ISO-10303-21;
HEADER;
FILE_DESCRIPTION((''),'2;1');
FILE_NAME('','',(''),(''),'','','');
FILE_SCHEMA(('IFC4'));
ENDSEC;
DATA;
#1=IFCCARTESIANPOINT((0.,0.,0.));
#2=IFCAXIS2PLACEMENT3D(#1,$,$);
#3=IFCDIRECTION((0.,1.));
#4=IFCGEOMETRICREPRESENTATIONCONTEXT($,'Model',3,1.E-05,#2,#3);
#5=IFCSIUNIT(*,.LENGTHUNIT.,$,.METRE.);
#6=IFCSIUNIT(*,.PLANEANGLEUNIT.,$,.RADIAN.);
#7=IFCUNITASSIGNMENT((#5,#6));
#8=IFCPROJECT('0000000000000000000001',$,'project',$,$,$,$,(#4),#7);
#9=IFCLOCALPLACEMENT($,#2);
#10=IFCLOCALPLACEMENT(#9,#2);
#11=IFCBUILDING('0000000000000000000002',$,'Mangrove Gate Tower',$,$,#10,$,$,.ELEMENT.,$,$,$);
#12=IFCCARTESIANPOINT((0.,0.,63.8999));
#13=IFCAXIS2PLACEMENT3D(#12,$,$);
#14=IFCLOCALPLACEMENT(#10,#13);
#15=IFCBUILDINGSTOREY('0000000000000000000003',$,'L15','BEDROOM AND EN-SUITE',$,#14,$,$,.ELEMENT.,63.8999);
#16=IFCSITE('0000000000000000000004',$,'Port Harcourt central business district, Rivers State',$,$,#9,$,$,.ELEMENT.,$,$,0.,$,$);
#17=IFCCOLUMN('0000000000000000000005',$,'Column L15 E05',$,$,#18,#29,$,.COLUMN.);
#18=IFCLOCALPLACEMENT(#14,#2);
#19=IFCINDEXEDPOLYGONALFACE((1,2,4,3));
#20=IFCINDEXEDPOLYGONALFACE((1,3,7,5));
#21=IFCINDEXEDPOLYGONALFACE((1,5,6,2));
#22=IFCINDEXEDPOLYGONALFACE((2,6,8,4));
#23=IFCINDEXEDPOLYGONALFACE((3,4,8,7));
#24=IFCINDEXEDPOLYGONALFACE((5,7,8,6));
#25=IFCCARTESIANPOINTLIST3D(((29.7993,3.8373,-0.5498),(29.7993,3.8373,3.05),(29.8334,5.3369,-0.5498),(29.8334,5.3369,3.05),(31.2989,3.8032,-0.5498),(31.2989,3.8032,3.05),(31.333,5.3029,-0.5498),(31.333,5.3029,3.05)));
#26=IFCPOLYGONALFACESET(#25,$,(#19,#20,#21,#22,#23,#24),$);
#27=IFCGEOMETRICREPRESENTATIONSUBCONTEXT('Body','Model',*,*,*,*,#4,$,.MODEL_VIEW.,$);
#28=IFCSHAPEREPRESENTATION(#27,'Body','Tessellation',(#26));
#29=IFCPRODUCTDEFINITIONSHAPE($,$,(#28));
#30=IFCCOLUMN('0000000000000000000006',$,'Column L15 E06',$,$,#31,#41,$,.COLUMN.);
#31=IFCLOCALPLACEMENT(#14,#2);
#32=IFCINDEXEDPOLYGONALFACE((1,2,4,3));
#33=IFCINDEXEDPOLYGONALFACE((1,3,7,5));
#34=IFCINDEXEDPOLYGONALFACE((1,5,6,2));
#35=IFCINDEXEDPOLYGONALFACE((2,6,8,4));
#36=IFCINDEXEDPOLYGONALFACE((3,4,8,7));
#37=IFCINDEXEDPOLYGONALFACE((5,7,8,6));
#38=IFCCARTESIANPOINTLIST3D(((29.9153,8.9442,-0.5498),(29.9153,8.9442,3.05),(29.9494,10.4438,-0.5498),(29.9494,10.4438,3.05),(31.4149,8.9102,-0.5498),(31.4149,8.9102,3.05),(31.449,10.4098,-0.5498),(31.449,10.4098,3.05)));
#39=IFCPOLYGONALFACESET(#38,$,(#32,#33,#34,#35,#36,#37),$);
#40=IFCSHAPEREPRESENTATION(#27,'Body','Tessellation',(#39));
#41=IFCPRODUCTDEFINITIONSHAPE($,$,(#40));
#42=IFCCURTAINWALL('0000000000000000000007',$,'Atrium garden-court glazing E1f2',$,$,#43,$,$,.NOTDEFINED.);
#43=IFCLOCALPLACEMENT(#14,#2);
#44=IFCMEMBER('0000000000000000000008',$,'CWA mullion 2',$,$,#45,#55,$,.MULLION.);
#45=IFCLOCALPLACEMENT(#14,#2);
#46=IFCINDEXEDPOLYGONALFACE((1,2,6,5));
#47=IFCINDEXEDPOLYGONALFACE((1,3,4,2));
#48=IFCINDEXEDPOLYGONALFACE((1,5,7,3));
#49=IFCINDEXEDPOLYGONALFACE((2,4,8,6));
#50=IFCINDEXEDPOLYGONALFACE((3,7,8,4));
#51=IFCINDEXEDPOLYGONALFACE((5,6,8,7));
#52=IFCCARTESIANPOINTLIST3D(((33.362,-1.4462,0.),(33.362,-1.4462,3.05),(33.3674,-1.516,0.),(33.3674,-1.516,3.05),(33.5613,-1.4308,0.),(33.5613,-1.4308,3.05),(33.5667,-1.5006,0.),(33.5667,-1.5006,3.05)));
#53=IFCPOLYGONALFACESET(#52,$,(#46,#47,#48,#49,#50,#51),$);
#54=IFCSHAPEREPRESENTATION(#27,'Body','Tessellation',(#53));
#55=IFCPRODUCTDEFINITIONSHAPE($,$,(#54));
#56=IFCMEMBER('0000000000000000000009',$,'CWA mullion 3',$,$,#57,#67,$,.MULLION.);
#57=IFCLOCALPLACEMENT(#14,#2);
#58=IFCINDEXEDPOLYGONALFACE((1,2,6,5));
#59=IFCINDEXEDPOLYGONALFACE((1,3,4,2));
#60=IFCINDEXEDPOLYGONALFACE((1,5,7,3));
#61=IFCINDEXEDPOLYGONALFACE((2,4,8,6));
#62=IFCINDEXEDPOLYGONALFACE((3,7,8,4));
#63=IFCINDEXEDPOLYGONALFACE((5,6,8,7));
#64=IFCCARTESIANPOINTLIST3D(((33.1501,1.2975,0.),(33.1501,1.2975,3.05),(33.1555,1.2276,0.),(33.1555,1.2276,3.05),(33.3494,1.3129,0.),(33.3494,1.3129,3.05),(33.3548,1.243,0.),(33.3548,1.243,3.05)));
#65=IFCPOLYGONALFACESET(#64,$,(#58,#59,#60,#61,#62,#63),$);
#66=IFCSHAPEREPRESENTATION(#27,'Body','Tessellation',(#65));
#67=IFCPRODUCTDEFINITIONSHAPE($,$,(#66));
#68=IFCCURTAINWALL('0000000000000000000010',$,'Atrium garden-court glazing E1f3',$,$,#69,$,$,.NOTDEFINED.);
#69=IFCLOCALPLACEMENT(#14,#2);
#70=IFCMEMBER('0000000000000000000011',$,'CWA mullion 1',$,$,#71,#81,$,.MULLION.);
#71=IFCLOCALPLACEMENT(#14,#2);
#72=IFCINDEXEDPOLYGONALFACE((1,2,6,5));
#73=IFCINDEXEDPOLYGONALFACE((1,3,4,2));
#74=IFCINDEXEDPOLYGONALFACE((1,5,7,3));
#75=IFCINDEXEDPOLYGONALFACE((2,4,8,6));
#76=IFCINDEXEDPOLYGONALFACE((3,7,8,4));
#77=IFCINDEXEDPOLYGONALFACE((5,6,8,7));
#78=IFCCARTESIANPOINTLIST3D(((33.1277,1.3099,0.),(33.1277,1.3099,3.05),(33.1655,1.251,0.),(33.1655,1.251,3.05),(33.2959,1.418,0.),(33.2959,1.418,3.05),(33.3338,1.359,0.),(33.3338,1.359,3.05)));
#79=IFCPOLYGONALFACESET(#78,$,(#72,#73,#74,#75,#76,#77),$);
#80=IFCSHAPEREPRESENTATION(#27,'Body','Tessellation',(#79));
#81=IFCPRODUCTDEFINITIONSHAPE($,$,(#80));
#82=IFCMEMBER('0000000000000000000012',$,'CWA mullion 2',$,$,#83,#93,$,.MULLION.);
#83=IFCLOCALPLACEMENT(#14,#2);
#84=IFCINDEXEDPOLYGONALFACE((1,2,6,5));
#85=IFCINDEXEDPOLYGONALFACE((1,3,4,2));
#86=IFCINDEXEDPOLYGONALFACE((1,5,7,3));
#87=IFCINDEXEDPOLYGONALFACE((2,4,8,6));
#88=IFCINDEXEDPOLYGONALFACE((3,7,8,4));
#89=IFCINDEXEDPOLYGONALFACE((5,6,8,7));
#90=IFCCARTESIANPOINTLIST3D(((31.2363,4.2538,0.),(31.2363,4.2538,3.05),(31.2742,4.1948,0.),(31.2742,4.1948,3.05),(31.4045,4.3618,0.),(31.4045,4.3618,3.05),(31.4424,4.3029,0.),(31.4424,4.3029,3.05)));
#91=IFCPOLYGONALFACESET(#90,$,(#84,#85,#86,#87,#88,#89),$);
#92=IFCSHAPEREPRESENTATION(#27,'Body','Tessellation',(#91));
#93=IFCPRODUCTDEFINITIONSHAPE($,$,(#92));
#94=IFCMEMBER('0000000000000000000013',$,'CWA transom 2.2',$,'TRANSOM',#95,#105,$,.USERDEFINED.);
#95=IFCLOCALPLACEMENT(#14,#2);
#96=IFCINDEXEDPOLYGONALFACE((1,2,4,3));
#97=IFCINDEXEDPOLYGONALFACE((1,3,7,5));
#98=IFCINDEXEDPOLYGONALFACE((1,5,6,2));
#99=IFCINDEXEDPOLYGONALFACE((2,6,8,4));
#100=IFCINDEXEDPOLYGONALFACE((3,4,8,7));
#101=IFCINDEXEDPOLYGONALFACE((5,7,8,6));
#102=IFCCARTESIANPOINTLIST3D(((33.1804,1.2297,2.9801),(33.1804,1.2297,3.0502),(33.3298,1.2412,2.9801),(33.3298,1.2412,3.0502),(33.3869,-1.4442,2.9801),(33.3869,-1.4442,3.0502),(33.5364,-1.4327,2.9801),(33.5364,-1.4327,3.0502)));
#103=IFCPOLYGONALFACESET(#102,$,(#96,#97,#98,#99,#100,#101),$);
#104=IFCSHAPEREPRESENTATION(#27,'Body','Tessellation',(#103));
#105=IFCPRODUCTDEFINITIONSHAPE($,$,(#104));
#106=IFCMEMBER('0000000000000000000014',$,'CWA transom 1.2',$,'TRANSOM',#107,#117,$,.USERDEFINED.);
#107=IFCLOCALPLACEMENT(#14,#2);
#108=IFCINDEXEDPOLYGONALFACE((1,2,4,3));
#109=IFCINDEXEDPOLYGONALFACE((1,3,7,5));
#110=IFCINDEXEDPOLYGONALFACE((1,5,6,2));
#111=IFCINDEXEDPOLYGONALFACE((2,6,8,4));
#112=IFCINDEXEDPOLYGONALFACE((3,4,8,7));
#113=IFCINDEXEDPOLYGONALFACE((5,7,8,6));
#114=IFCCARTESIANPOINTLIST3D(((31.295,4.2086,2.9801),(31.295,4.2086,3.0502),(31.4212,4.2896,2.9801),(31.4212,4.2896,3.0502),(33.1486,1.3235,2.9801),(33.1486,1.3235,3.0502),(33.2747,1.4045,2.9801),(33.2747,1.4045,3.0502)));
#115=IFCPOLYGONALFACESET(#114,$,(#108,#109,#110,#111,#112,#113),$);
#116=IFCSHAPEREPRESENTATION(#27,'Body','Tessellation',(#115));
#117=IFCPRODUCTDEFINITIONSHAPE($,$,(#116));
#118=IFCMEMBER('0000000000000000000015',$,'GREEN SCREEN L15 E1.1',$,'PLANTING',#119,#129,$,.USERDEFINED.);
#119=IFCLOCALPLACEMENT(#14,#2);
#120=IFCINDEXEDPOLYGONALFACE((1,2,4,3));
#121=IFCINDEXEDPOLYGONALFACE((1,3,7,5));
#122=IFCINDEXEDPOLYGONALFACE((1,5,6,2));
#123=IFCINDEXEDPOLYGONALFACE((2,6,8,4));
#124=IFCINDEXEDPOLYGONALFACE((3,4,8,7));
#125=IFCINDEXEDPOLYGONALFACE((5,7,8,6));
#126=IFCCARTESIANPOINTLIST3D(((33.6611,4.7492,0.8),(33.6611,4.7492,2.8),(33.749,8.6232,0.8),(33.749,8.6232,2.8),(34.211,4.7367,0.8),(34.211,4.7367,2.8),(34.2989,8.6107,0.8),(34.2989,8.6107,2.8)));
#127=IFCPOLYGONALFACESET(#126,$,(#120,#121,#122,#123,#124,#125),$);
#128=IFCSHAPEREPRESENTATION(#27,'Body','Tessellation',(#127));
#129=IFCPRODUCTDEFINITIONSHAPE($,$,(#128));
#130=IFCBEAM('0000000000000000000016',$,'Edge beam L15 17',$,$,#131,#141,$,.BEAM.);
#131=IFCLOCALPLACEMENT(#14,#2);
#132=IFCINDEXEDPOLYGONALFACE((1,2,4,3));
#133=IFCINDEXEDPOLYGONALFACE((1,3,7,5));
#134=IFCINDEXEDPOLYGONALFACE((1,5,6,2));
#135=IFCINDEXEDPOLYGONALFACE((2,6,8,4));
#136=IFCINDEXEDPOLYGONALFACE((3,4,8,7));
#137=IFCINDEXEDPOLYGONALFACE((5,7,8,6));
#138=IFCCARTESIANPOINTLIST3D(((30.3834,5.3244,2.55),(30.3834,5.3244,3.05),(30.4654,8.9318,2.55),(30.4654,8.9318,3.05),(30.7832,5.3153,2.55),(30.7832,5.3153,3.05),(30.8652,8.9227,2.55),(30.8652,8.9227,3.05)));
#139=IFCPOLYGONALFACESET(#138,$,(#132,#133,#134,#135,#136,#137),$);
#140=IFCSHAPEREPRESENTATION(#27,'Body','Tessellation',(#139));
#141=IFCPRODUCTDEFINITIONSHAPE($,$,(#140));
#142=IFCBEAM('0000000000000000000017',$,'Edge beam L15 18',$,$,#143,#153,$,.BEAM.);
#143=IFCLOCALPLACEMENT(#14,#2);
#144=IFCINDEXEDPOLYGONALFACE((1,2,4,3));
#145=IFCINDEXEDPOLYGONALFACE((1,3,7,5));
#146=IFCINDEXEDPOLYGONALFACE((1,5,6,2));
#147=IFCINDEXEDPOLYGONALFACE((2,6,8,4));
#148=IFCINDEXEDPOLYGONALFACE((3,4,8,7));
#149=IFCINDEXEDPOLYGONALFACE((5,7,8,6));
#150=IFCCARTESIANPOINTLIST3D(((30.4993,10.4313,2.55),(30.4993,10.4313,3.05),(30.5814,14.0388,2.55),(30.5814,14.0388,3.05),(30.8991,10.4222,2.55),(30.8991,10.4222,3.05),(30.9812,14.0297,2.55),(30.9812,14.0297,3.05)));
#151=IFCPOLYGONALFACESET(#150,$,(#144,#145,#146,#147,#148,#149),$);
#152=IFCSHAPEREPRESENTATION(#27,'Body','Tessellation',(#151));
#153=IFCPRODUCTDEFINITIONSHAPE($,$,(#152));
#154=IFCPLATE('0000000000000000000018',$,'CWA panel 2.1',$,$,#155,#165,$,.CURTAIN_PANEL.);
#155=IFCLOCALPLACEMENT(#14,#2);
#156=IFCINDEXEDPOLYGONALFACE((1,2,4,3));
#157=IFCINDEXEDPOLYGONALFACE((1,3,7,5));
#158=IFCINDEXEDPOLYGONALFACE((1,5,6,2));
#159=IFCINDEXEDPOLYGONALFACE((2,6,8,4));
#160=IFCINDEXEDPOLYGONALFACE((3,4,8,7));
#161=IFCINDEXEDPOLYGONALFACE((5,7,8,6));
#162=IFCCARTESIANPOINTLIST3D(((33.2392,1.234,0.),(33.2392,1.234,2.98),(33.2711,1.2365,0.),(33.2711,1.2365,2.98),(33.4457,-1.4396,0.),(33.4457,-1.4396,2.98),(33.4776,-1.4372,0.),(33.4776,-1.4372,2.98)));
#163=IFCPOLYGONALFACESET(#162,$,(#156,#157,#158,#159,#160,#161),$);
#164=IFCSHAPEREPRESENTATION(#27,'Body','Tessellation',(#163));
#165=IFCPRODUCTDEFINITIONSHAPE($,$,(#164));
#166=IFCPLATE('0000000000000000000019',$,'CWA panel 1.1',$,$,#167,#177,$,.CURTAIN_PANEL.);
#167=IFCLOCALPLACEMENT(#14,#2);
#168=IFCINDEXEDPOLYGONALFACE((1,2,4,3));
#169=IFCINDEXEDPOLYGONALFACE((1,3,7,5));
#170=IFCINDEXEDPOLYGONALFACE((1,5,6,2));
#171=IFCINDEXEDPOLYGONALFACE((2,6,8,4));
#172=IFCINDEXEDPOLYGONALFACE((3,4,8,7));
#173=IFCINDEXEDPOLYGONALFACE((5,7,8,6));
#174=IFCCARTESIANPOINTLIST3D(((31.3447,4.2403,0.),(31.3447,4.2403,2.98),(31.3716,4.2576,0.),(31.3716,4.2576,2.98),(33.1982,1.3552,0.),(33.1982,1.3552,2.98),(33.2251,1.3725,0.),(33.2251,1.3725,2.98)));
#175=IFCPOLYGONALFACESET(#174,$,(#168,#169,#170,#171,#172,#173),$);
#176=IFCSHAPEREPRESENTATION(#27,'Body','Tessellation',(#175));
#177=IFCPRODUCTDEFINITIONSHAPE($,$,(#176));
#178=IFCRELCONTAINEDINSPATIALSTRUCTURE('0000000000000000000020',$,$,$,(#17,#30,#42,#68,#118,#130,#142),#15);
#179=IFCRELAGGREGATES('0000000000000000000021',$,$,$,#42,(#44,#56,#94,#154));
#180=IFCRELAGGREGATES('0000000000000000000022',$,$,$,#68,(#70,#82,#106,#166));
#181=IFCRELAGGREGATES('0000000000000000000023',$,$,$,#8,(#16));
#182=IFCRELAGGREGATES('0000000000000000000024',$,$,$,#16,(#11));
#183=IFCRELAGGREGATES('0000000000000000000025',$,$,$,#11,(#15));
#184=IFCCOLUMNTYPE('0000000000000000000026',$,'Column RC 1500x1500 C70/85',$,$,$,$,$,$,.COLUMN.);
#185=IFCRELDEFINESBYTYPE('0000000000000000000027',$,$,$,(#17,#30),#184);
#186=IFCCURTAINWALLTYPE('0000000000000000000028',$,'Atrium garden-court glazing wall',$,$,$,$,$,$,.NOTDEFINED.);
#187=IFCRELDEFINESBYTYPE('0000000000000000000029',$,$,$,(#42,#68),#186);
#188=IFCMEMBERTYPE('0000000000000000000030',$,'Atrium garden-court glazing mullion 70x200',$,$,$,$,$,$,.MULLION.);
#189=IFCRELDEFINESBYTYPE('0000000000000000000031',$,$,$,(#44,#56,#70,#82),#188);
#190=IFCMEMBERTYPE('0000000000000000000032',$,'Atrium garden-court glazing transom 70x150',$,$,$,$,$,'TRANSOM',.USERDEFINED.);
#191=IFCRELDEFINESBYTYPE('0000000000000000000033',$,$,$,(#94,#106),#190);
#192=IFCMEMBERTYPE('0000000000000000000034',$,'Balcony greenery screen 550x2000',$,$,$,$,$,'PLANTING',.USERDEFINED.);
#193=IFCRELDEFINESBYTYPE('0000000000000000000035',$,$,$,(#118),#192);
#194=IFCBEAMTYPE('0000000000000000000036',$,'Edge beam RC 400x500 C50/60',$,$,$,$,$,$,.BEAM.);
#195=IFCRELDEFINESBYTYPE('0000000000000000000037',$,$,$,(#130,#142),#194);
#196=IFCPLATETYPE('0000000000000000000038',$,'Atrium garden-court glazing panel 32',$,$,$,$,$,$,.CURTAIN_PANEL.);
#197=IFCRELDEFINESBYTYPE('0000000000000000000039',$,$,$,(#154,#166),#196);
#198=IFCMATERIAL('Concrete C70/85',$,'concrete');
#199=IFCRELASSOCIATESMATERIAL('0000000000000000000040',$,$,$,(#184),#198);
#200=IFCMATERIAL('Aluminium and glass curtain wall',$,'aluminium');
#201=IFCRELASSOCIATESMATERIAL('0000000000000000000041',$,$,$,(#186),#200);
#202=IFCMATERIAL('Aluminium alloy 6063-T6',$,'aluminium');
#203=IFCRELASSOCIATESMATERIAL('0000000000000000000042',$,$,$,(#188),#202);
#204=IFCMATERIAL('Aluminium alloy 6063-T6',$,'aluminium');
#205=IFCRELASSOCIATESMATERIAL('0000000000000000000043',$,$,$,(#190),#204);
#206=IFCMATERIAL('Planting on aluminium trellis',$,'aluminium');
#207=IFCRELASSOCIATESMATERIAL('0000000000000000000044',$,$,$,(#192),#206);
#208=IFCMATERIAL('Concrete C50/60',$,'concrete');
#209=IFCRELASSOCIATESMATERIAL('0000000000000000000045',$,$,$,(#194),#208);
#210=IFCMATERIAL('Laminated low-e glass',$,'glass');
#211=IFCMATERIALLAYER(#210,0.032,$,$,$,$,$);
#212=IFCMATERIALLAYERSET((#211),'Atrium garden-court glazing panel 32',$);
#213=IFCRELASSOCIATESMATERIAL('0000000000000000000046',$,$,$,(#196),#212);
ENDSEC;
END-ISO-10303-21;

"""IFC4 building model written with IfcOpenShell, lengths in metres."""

from ifc_helpers import new_model, si_unit, direction, frame, origin, origin_2d, place, context, subcontext, project, spatial, rectangle, extrude, material, layer, layer_set, material_profile, profile_set, type_object, element, aggregate, save


model = new_model("IFC4")

# Units and contexts
model_context = context("Model", 3, precision=1e-05, world=origin(), true_north=direction((0.0, 1.0)))
body_context = subcontext(model_context, "Body", "Model", "MODEL_VIEW")
ifc_project = project(units=[si_unit("LENGTHUNIT", "METRE"), si_unit("PLANEANGLEUNIT", "RADIAN")], contexts=[model_context])

# Site, building, storey
site_placement = place(None, origin())
site = spatial("IfcSite", under=ifc_project, at=site_placement, Name="Port Harcourt central business district, Rivers State", CompositionType="ELEMENT", RefElevation=0.0)
building_placement = place(site_placement, origin())
building = spatial("IfcBuilding", under=site, at=building_placement, Name="Mangrove Gate Tower", CompositionType="ELEMENT")
storey_placement = place(building_placement, frame((0.0, 0.0, 63.8999)))
storey = spatial("IfcBuildingStorey", under=building, at=storey_placement, Name="L15", Description="BEDROOM AND EN-SUITE", CompositionType="ELEMENT", Elevation=63.8999)

# Columns
ifc_material_1 = material(Name="Concrete C70/85", Category="concrete")
ifc_material_profile_1 = material_profile(ifc_material_1, rectangle(XDim=1.5, YDim=1.5, at=origin_2d()))
ifc_profile_set_1 = profile_set([ifc_material_profile_1], Name="Concrete C70/85")
column_type = type_object("IfcColumnType", Name="Column RC 1500x1500 C70/85", PredefinedType="COLUMN", material=ifc_profile_set_1)
for number, where, z_axis, x_axis, name in (
    (1, (30.5662, 4.5701, -0.5498), (0.0, 0.0, 1.0), (0.022695, 0.999742, 0.0), "Column L15 E05"),
    (2, (30.6821, 9.677, -0.5498), (0.0, 0.0, 1.0), (0.022708, 0.999742, 0.0), "Column L15 E06"),
):
    element("IfcColumn", number, at=place(storey_placement, frame(where, z_axis=z_axis, x_axis=x_axis)), inside=storey, type_object=column_type, Name=name, PredefinedType="COLUMN", context=body_context, shape_type="SweptSolid", body=[
        extrude(rectangle(XDim=1.5, YDim=1.5, at=origin_2d()), origin(), (0.0, 0.0, 1.0), 3.5999),
    ])

# Curtain walls, members
ifc_material_2 = material(Name="Aluminium and glass curtain wall", Category="aluminium")
curtain_wall_type = type_object("IfcCurtainWallType", Name="Atrium garden-court glazing wall", PredefinedType="NOTDEFINED", material=ifc_material_2)
curtain_wall_1_placement = place(storey_placement, origin())
curtain_wall_1 = element("IfcCurtainWall", 3, at=curtain_wall_1_placement, inside=storey, type_object=curtain_wall_type, Name="Atrium garden-court glazing E1f2", PredefinedType="NOTDEFINED")
ifc_material_3 = material(Name="Aluminium alloy 6063-T6", Category="aluminium")
ifc_material_profile_2 = material_profile(ifc_material_3, rectangle(XDim=0.0701, YDim=0.2, at=origin_2d()))
ifc_profile_set_2 = profile_set([ifc_material_profile_2], Name="Aluminium alloy 6063-T6")
member_type_1 = type_object("IfcMemberType", Name="Atrium garden-court glazing mullion 70x200", PredefinedType="MULLION", material=ifc_profile_set_2)
member_1_placement = place(storey_placement, frame((33.4644, -1.4734, 0.0), z_axis=(0.0, 0.0, 1.0), x_axis=(-0.077023, 0.997029, 0.0)))
member_1 = element("IfcMember", 4, at=member_1_placement, type_object=member_type_1, Name="CWA mullion 2", PredefinedType="MULLION", context=body_context, shape_type="SweptSolid", body=[
    extrude(rectangle(XDim=0.0701, YDim=0.2, at=origin_2d()), origin(), (0.0, 0.0, 1.0), 3.05),
])
member_2_placement = place(storey_placement, frame((33.2524, 1.2703, 0.0), z_axis=(0.0, 0.0, 1.0), x_axis=(-0.077023, 0.997029, 0.0)))
member_2 = element("IfcMember", 5, at=member_2_placement, type_object=member_type_1, Name="CWA mullion 3", PredefinedType="MULLION", context=body_context, shape_type="SweptSolid", body=[
    extrude(rectangle(XDim=0.0701, YDim=0.2, at=origin_2d()), origin(), (0.0, 0.0, 1.0), 3.05),
])
curtain_wall_2_placement = place(storey_placement, origin())
curtain_wall_2 = element("IfcCurtainWall", 6, at=curtain_wall_2_placement, inside=storey, type_object=curtain_wall_type, Name="Atrium garden-court glazing E1f3", PredefinedType="NOTDEFINED")
member_3_placement = place(storey_placement, frame((33.2307, 1.3345, 0.0), z_axis=(0.0, 0.0, 1.0), x_axis=(-0.540525, 0.841328, 0.0)))
member_3 = element("IfcMember", 7, at=member_3_placement, type_object=member_type_1, Name="CWA mullion 1", PredefinedType="MULLION", context=body_context, shape_type="SweptSolid", body=[
    extrude(rectangle(XDim=0.0701, YDim=0.2, at=origin_2d()), origin(), (0.0, 0.0, 1.0), 3.05),
])
member_4_placement = place(storey_placement, frame((31.3394, 4.2783, 0.0), z_axis=(0.0, 0.0, 1.0), x_axis=(-0.540525, 0.841328, 0.0)))
member_4 = element("IfcMember", 8, at=member_4_placement, type_object=member_type_1, Name="CWA mullion 2", PredefinedType="MULLION", context=body_context, shape_type="SweptSolid", body=[
    extrude(rectangle(XDim=0.0701, YDim=0.2, at=origin_2d()), origin(), (0.0, 0.0, 1.0), 3.05),
])

# Members
ifc_material_4 = material(Name="Aluminium alloy 6063-T6", Category="aluminium")
ifc_material_profile_3 = material_profile(ifc_material_4, rectangle(XDim=0.0701, YDim=0.1499, at=origin_2d()))
ifc_profile_set_3 = profile_set([ifc_material_profile_3], Name="Aluminium alloy 6063-T6")
member_type_2 = type_object("IfcMemberType", Name="Atrium garden-court glazing transom 70x150", ElementType="TRANSOM", PredefinedType="USERDEFINED", material=ifc_profile_set_3)
member_5_placement = place(storey_placement, frame((33.4617, -1.4385, 3.0151), z_axis=(-0.077017, 0.99703, 0.0), x_axis=(0.0, 0.0, 1.0)))
member_5 = element("IfcMember", 9, at=member_5_placement, type_object=member_type_2, Name="CWA transom 2.2", ObjectType="TRANSOM", PredefinedType="USERDEFINED", context=body_context, shape_type="SweptSolid", body=[
    extrude(rectangle(XDim=0.0701, YDim=0.1499, at=origin_2d()), origin(), (0.0, 0.0, 1.0), 2.6819),
])
member_6_placement = place(storey_placement, frame((33.2117, 1.364, 3.0151), z_axis=(-0.540524, 0.841329, 0.0), x_axis=(0.0, 0.0, 1.0)))
member_6 = element("IfcMember", 10, at=member_6_placement, type_object=member_type_2, Name="CWA transom 1.2", ObjectType="TRANSOM", PredefinedType="USERDEFINED", context=body_context, shape_type="SweptSolid", body=[
    extrude(rectangle(XDim=0.0701, YDim=0.1499, at=origin_2d()), origin(), (0.0, 0.0, 1.0), 3.4292),
])
ifc_material_5 = material(Name="Planting on aluminium trellis", Category="aluminium")
ifc_material_profile_4 = material_profile(ifc_material_5, rectangle(XDim=0.55, YDim=2.0, at=origin_2d()))
ifc_profile_set_4 = profile_set([ifc_material_profile_4], Name="Planting on aluminium trellis")
member_type_3 = type_object("IfcMemberType", Name="Balcony greenery screen 550x2000", ElementType="PLANTING", PredefinedType="USERDEFINED", material=ifc_profile_set_4)
member_7_placement = place(storey_placement, frame((33.936, 4.7429, 1.8), z_axis=(0.022681, 0.999743, 0.0), x_axis=(-0.999743, 0.022681, 0.0)))
element("IfcMember", 11, at=member_7_placement, inside=storey, type_object=member_type_3, Name="GREEN SCREEN L15 E1.1", ObjectType="PLANTING", PredefinedType="USERDEFINED", context=body_context, shape_type="SweptSolid", body=[
    extrude(rectangle(XDim=0.55, YDim=2.0, at=origin_2d()), origin(), (0.0, 0.0, 1.0), 3.875),
])

# Beams
ifc_material_6 = material(Name="Concrete C50/60", Category="concrete")
ifc_material_profile_5 = material_profile(ifc_material_6, rectangle(XDim=0.3999, YDim=0.5, at=origin_2d()))
ifc_profile_set_5 = profile_set([ifc_material_profile_5], Name="Concrete C50/60")
beam_type = type_object("IfcBeamType", Name="Edge beam RC 400x500 C50/60", PredefinedType="BEAM", material=ifc_profile_set_5)
for number, where, z_axis, x_axis, name in (
    (12, (30.5833, 5.3198, 2.8), (0.022734, 0.999742, 0.0), (-0.999742, 0.022734, 0.0), "Edge beam L15 17"),
    (13, (30.6992, 10.4268, 2.8), (0.022734, 0.999742, 0.0), (-0.999742, 0.022734, 0.0), "Edge beam L15 18"),
):
    element("IfcBeam", number, at=place(storey_placement, frame(where, z_axis=z_axis, x_axis=x_axis)), inside=storey, type_object=beam_type, Name=name, PredefinedType="BEAM", context=body_context, shape_type="SweptSolid", body=[
        extrude(rectangle(XDim=0.3999, YDim=0.5, at=origin_2d()), origin(), (0.0, 0.0, 1.0), 3.6084),
    ])

# Plates
ifc_material_7 = material(Name="Laminated low-e glass", Category="glass")
ifc_layer_1 = layer(ifc_material_7, 0.032)
ifc_layer_set_1 = layer_set([ifc_layer_1], Name="Atrium garden-court glazing panel 32")
plate_type = type_object("IfcPlateType", Name="Atrium garden-court glazing panel 32", PredefinedType="CURTAIN_PANEL", material=ifc_layer_set_1)
plate_1_placement = place(storey_placement, frame((33.3584, -0.1016, 0.0), z_axis=(0.0, 0.0, 1.0), x_axis=(-0.077023, 0.997029, 0.0)))
plate_1 = element("IfcPlate", 14, at=plate_1_placement, type_object=plate_type, Name="CWA panel 2.1", PredefinedType="CURTAIN_PANEL", context=body_context, shape_type="SweptSolid", body=[
    extrude(rectangle(XDim=2.6816, YDim=0.032, at=origin_2d()), origin(), (0.0, 0.0, 1.0), 2.98),
])
aggregate(curtain_wall_1, [member_1, member_2, member_5, plate_1])
plate_2_placement = place(storey_placement, frame((32.2849, 2.8064, 0.0), z_axis=(0.0, 0.0, 1.0), x_axis=(-0.540525, 0.841328, 0.0)))
plate_2 = element("IfcPlate", 15, at=plate_2_placement, type_object=plate_type, Name="CWA panel 1.1", PredefinedType="CURTAIN_PANEL", context=body_context, shape_type="SweptSolid", body=[
    extrude(rectangle(XDim=3.4292, YDim=0.032, at=origin_2d()), origin(), (0.0, 0.0, 1.0), 2.98),
])
aggregate(curtain_wall_2, [member_3, member_4, member_6, plate_2])

save(model, "model.ifc")
